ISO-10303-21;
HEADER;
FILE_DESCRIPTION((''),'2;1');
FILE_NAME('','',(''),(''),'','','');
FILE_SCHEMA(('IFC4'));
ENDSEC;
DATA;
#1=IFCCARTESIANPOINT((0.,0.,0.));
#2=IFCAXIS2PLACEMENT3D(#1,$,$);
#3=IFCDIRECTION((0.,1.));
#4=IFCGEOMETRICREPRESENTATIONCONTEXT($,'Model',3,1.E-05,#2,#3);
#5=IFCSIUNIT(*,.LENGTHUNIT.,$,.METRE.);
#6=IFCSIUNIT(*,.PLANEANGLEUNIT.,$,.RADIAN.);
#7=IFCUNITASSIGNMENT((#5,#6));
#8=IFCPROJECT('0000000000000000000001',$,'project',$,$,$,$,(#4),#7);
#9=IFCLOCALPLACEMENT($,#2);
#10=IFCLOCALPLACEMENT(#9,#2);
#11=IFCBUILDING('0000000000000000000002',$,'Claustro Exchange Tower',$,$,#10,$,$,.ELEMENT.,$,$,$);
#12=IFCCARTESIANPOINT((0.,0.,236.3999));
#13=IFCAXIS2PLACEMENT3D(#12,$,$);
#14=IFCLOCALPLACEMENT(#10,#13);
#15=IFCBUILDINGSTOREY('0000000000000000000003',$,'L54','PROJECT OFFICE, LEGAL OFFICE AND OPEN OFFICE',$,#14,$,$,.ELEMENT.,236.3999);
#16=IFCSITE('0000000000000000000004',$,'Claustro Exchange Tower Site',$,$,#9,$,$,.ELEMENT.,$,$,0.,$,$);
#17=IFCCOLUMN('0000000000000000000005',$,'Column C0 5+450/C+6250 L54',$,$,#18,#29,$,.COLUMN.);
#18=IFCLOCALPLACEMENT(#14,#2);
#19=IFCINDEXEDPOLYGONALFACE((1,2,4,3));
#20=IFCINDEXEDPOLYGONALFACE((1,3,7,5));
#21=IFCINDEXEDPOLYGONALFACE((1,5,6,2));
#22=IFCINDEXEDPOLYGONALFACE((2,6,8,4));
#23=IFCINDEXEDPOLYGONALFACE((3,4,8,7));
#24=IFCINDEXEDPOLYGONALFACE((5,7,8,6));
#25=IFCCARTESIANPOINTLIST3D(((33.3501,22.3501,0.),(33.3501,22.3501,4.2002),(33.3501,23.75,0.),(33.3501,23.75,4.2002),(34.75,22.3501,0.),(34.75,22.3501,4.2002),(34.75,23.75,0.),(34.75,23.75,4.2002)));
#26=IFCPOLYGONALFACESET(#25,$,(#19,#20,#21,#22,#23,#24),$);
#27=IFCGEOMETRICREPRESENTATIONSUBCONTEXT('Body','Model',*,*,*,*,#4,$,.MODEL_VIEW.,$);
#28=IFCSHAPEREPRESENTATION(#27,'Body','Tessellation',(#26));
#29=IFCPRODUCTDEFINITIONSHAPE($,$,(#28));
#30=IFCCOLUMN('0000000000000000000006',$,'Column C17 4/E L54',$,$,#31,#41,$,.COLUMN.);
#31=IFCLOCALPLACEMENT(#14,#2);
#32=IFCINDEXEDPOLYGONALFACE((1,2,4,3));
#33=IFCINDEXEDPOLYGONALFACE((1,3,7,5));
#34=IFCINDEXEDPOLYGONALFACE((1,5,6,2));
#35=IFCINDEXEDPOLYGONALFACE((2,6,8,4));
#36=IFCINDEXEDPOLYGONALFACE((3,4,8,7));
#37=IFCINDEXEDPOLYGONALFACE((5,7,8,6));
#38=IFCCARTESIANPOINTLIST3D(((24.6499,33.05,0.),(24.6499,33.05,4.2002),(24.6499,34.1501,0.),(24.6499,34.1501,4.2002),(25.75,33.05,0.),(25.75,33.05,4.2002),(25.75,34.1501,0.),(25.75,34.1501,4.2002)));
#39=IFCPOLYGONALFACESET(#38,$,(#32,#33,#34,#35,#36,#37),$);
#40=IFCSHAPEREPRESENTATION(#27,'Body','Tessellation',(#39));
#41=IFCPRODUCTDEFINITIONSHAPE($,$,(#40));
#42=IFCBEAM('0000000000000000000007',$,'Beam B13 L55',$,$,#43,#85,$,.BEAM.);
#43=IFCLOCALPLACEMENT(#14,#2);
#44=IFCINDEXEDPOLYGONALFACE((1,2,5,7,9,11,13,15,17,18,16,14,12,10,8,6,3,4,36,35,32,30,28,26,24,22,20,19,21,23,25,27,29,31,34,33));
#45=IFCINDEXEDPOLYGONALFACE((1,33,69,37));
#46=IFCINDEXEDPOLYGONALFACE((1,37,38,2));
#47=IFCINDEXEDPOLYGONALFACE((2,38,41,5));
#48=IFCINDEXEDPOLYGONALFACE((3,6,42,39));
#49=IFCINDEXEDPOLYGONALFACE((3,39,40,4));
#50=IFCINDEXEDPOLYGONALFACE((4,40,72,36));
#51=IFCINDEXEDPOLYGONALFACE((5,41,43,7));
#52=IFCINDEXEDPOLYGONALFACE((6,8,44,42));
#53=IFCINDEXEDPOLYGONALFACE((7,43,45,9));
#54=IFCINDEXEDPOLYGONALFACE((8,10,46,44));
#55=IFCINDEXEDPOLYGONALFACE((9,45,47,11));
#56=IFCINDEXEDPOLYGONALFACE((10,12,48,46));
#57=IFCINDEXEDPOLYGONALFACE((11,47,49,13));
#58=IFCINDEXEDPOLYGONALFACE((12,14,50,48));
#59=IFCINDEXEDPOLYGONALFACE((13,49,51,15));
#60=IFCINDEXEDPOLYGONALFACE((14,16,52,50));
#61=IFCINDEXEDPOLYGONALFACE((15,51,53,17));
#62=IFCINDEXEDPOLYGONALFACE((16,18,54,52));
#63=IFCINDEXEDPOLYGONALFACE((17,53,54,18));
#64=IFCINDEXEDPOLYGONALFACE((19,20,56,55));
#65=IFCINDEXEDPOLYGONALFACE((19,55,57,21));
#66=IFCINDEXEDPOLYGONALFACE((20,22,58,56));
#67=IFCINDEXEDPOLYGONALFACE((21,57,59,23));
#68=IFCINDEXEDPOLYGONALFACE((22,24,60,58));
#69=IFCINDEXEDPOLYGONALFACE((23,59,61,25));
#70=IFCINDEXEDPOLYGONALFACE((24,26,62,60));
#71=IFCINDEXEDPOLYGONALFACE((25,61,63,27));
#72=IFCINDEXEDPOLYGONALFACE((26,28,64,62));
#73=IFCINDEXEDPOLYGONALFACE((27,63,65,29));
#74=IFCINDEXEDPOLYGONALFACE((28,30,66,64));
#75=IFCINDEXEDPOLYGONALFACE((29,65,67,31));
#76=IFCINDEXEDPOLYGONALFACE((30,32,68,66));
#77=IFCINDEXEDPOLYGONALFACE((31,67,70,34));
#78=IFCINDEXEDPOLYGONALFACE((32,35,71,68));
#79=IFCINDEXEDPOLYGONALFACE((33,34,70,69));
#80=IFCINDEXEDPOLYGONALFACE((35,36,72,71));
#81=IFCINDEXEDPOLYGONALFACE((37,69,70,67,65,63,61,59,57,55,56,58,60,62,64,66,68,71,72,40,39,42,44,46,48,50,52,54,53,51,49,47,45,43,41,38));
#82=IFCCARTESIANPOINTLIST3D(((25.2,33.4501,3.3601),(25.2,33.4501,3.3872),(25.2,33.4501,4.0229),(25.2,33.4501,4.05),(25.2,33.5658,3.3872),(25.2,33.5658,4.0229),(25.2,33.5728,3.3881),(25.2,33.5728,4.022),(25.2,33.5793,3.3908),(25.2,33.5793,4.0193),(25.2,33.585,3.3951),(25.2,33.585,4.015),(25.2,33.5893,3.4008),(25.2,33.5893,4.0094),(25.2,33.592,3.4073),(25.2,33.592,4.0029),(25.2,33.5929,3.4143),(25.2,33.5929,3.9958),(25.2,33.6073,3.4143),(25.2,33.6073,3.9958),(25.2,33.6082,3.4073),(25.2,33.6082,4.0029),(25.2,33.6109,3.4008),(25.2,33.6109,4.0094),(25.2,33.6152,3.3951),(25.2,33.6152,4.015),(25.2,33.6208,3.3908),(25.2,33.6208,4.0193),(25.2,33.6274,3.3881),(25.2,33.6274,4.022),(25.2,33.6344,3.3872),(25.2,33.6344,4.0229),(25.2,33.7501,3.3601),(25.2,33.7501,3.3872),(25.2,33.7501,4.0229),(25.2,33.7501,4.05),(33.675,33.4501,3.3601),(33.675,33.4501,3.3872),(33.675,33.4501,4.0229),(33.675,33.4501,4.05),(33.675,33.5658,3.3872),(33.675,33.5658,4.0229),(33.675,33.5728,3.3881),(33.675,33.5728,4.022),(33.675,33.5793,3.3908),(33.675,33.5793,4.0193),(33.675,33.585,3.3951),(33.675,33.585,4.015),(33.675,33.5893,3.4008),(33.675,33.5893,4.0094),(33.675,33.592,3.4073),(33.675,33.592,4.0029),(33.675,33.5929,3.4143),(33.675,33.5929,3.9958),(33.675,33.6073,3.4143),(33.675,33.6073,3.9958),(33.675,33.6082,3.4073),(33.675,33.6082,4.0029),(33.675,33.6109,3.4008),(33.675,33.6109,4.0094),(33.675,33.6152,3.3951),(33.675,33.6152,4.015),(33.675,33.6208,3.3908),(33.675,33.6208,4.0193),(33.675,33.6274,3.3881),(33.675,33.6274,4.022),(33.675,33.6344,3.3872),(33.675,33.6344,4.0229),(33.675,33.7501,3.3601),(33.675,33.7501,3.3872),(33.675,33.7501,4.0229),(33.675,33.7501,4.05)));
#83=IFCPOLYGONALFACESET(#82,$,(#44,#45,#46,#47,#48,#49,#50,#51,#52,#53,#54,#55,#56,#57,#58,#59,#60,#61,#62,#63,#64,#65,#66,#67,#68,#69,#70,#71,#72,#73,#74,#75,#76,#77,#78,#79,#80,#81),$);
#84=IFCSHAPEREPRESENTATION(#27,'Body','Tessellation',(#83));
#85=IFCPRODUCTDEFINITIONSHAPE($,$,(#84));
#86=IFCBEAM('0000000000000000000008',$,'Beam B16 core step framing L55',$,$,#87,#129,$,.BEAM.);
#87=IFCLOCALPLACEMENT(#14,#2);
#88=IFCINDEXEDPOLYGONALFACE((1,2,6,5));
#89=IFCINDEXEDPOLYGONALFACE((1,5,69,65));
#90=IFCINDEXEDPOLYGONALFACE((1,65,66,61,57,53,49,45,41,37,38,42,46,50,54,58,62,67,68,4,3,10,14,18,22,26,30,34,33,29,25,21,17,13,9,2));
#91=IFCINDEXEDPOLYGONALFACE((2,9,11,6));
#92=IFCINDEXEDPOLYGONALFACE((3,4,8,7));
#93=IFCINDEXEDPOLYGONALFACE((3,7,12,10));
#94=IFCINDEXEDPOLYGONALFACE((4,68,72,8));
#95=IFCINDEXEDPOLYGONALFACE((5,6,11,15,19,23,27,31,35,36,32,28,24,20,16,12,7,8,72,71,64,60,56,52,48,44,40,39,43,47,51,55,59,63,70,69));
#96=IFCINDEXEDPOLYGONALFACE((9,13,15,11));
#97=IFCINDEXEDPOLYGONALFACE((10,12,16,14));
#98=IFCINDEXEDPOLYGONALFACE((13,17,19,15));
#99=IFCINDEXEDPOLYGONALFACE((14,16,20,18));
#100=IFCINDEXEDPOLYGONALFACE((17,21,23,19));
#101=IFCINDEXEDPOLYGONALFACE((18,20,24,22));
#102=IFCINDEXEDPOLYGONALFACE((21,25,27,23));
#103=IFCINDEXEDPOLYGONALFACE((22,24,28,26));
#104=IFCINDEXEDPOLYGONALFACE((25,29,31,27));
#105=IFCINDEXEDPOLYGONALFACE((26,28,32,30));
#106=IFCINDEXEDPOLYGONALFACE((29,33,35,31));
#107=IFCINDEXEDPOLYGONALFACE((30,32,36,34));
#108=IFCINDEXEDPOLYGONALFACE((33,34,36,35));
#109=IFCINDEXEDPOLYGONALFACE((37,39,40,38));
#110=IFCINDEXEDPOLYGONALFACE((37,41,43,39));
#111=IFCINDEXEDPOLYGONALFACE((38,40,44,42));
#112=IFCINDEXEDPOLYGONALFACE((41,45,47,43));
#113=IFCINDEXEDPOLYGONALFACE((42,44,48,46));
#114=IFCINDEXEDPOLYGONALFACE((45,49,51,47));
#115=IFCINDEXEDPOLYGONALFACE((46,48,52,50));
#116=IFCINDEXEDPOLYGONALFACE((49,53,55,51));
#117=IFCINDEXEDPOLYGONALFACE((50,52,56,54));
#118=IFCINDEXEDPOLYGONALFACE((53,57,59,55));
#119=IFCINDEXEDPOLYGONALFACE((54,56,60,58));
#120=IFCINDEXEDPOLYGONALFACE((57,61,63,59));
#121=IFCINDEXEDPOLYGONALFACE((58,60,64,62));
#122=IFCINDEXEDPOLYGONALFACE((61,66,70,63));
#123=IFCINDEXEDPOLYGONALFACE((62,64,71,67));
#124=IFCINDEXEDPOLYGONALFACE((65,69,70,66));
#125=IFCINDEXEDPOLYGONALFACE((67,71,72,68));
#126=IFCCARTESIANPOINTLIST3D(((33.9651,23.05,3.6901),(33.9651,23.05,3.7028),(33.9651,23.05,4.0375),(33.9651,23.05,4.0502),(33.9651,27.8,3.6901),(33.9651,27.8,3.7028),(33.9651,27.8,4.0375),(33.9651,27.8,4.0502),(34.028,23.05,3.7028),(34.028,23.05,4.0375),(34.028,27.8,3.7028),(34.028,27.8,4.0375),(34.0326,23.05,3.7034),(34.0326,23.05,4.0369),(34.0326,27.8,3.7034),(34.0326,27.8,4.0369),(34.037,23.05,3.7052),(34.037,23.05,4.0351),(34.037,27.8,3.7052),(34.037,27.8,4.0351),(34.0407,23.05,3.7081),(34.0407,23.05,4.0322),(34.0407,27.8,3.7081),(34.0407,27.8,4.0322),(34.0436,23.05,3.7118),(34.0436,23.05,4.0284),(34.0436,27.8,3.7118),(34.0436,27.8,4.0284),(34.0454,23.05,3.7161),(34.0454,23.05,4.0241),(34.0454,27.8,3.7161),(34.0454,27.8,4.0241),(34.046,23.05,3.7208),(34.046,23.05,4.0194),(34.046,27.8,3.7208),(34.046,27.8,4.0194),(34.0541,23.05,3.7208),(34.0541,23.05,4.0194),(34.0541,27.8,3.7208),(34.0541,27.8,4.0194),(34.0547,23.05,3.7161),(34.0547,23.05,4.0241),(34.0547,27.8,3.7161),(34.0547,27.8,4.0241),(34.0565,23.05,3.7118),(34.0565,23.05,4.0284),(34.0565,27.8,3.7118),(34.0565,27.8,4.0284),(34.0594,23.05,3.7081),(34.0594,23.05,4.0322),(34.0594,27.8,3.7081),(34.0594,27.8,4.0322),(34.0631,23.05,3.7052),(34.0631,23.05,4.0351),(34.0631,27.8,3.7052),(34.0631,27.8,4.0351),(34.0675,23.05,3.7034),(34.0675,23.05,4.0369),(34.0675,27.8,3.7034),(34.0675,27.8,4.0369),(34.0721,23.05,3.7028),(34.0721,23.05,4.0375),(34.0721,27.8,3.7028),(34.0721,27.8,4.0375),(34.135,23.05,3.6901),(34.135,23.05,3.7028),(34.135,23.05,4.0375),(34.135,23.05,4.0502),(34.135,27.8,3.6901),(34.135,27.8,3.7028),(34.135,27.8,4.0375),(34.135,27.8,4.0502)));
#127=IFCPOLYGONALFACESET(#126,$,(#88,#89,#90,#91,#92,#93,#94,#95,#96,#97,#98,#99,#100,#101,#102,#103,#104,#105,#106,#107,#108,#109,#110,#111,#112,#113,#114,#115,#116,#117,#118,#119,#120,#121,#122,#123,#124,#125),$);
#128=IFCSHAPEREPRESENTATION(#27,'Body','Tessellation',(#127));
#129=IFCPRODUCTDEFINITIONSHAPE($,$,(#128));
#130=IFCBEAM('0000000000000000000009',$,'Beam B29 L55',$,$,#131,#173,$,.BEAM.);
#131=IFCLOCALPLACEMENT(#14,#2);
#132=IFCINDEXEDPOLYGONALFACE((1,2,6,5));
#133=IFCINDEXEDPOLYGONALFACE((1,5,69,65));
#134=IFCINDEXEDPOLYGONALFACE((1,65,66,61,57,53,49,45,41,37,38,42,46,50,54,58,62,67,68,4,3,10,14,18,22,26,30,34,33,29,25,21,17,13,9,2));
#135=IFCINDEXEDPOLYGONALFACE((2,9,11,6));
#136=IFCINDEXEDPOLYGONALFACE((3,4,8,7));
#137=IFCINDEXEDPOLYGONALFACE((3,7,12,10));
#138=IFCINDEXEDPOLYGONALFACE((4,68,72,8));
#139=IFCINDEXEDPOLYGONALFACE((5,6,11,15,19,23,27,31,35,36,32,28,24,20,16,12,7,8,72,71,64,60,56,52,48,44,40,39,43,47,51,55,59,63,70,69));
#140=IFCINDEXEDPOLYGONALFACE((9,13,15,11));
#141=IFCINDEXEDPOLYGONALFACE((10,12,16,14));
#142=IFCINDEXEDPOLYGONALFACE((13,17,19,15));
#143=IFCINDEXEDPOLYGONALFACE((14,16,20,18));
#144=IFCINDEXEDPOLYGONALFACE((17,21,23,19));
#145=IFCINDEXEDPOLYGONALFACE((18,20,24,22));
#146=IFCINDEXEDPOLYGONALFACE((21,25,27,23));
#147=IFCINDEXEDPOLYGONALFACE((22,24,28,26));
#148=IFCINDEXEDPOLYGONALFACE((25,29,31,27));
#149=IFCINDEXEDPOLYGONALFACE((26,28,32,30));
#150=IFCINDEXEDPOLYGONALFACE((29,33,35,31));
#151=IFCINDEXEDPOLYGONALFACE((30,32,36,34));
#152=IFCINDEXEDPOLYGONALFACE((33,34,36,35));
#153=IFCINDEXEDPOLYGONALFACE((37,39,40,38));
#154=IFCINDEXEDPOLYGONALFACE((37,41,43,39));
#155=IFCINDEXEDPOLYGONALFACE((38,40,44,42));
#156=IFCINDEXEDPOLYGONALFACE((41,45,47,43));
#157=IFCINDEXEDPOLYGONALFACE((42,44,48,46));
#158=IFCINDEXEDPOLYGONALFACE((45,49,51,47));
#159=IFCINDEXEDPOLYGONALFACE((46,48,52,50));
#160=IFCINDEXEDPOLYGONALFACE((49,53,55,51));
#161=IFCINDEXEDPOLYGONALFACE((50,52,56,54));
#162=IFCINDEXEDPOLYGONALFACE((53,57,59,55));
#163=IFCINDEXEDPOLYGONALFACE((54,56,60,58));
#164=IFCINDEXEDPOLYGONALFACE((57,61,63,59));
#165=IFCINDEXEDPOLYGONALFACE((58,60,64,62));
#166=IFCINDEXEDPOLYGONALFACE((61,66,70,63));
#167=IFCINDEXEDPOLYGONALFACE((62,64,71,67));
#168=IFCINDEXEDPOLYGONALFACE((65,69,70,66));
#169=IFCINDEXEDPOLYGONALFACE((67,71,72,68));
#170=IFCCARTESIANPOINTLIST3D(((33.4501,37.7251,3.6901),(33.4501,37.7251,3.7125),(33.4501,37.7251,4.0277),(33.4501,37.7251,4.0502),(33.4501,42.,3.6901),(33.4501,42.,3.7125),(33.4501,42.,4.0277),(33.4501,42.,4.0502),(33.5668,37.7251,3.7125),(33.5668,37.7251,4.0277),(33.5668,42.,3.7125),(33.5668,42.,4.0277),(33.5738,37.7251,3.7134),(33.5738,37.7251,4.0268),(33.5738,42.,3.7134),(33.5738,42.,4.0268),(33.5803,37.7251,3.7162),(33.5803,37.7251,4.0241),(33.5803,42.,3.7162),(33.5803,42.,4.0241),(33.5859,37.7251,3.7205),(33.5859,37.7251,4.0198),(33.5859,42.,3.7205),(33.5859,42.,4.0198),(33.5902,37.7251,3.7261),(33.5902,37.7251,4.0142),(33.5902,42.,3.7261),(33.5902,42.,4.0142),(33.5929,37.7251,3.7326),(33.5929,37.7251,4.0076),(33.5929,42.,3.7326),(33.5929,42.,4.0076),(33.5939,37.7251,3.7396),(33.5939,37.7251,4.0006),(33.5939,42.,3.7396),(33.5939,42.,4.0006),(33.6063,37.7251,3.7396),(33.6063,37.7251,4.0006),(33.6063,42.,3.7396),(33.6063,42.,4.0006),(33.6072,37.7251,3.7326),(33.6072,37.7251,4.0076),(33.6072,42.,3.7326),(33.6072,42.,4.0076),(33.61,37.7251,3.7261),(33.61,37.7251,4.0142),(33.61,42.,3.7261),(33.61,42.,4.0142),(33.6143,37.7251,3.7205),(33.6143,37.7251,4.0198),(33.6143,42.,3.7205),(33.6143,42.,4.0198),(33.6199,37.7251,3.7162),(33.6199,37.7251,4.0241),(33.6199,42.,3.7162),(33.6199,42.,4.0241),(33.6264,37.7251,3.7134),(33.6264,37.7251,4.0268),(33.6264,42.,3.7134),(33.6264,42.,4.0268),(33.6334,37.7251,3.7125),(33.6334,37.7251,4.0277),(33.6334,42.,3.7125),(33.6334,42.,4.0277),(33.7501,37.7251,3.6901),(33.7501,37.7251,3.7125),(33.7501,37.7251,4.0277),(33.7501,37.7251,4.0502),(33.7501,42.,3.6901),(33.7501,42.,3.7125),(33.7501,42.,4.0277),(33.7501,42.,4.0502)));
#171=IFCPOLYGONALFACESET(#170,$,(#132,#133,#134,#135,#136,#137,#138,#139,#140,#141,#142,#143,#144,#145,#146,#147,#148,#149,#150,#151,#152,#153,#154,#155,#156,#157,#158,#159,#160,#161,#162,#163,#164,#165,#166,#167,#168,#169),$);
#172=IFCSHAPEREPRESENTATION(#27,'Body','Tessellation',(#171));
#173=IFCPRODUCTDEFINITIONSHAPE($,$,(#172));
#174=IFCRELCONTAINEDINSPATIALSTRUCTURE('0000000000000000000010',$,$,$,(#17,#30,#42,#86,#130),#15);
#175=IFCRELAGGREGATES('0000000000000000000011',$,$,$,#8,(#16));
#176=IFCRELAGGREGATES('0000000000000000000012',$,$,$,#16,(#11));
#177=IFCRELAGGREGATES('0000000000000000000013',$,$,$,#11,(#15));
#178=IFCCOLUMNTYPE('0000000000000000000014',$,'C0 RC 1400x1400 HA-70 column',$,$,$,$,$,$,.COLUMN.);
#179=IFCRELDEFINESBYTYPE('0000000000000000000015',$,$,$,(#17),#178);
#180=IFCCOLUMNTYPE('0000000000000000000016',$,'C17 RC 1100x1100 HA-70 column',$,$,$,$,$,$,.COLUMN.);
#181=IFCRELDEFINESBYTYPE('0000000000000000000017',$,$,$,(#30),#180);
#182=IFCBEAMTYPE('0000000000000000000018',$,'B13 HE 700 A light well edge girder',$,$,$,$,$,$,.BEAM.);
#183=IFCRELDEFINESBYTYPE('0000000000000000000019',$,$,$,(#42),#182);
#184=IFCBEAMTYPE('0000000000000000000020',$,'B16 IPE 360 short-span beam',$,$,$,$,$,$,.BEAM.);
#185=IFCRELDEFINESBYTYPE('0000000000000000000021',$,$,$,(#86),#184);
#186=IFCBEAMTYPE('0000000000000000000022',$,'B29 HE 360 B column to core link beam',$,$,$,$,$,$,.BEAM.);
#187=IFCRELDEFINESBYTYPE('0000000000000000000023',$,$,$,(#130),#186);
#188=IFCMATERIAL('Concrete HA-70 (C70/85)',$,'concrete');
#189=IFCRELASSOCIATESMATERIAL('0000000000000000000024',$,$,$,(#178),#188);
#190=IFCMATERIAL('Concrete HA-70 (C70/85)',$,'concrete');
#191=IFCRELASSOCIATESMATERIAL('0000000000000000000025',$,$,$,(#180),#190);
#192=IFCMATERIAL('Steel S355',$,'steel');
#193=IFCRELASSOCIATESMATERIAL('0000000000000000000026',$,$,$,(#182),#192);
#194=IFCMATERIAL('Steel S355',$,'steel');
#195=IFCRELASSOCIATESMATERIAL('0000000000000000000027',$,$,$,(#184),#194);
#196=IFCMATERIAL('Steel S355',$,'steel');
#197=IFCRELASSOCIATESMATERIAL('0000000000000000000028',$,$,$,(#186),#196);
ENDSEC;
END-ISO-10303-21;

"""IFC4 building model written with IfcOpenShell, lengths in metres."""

from ifc_helpers import new_model, si_unit, direction, frame, origin, origin_2d, place, context, subcontext, project, spatial, rectangle, i_section, extrude, material, material_profile, profile_set, type_object, element, save


model = new_model("IFC4")

# Units and contexts
model_context = context("Model", 3, precision=1e-05, world=origin(), true_north=direction((0.0, 1.0)))
body_context = subcontext(model_context, "Body", "Model", "MODEL_VIEW")
ifc_project = project(units=[si_unit("LENGTHUNIT", "METRE"), si_unit("PLANEANGLEUNIT", "RADIAN")], contexts=[model_context])

# Site, building, storey
site_placement = place(None, origin())
site = spatial("IfcSite", under=ifc_project, at=site_placement, Name="Claustro Exchange Tower Site", CompositionType="ELEMENT", RefElevation=0.0)
building_placement = place(site_placement, origin())
building = spatial("IfcBuilding", under=site, at=building_placement, Name="Claustro Exchange Tower", CompositionType="ELEMENT")
storey_placement = place(building_placement, frame((0.0, 0.0, 236.3999)))
storey = spatial("IfcBuildingStorey", under=building, at=storey_placement, Name="L54", Description="PROJECT OFFICE, LEGAL OFFICE AND OPEN OFFICE", CompositionType="ELEMENT", Elevation=236.3999)

# Columns
ifc_material_1 = material(Name="Concrete HA-70 (C70/85)", Category="concrete")
ifc_material_profile_1 = material_profile(ifc_material_1, rectangle(XDim=1.3999, YDim=1.3999, at=origin_2d()), Name="RC 1400x1400")
ifc_profile_set_1 = profile_set([ifc_material_profile_1], Name="Concrete HA-70 (C70/85)")
column_type_1 = type_object("IfcColumnType", Name="C0 RC 1400x1400 HA-70 column", PredefinedType="COLUMN", material=ifc_profile_set_1)
column_1_placement = place(storey_placement, frame((34.05, 23.05, 0.0), z_axis=(0.0, 0.0, 1.0), x_axis=(1.0, 0.0, 0.0)))
element("IfcColumn", 1, at=column_1_placement, inside=storey, type_object=column_type_1, Name="Column C0 5+450/C+6250 L54", PredefinedType="COLUMN", context=body_context, shape_type="SweptSolid", body=[
    extrude(rectangle(XDim=1.3999, YDim=1.3999, at=origin_2d()), origin(), (0.0, 0.0, 1.0), 4.2002),
])
ifc_material_2 = material(Name="Concrete HA-70 (C70/85)", Category="concrete")
ifc_material_profile_2 = material_profile(ifc_material_2, rectangle(XDim=1.1001, YDim=1.1001, at=origin_2d()), Name="RC 1100x1100")
ifc_profile_set_2 = profile_set([ifc_material_profile_2], Name="Concrete HA-70 (C70/85)")
column_type_2 = type_object("IfcColumnType", Name="C17 RC 1100x1100 HA-70 column", PredefinedType="COLUMN", material=ifc_profile_set_2)
column_2_placement = place(storey_placement, frame((25.2, 33.6001, 0.0), z_axis=(0.0, 0.0, 1.0), x_axis=(1.0, 0.0, 0.0)))
element("IfcColumn", 2, at=column_2_placement, inside=storey, type_object=column_type_2, Name="Column C17 4/E L54", PredefinedType="COLUMN", context=body_context, shape_type="SweptSolid", body=[
    extrude(rectangle(XDim=1.1001, YDim=1.1001, at=origin_2d()), origin(), (0.0, 0.0, 1.0), 4.2002),
])

# Beams
ifc_material_3 = material(Name="Steel S355", Category="steel")
ifc_material_profile_3 = material_profile(ifc_material_3, i_section(OverallWidth=0.3, OverallDepth=0.6899, WebThickness=0.0144, FlangeThickness=0.0271, FilletRadius=0.0271, at=origin_2d()), Name="HE 700 A")
ifc_profile_set_3 = profile_set([ifc_material_profile_3], Name="Steel S355")
beam_type_1 = type_object("IfcBeamType", Name="B13 HE 700 A light well edge girder", PredefinedType="BEAM", material=ifc_profile_set_3)
beam_1_placement = place(storey_placement, frame((25.2, 33.6001, 3.7051), z_axis=(1.0, 0.0, 0.0), x_axis=(0.0, 1.0, 0.0)))
element("IfcBeam", 3, at=beam_1_placement, inside=storey, type_object=beam_type_1, Name="Beam B13 L55", PredefinedType="BEAM", context=body_context, shape_type="SweptSolid", body=[
    extrude(i_section(OverallWidth=0.3, OverallDepth=0.6899, WebThickness=0.0144, FlangeThickness=0.0271, FilletRadius=0.0271, at=origin_2d()), origin(), (0.0, 0.0, 1.0), 8.4751),
])
ifc_material_4 = material(Name="Steel S355", Category="steel")
ifc_material_profile_4 = material_profile(ifc_material_4, i_section(OverallWidth=0.1699, OverallDepth=0.3601, WebThickness=0.0081, FlangeThickness=0.0127, FilletRadius=0.0181, at=origin_2d()), Name="IPE 360")
ifc_profile_set_4 = profile_set([ifc_material_profile_4], Name="Steel S355")
beam_type_2 = type_object("IfcBeamType", Name="B16 IPE 360 short-span beam", PredefinedType="BEAM", material=ifc_profile_set_4)
beam_2_placement = place(storey_placement, frame((34.05, 23.05, 3.8701), z_axis=(0.0, 1.0, 0.0), x_axis=(-1.0, 0.0, 0.0)))
element("IfcBeam", 4, at=beam_2_placement, inside=storey, type_object=beam_type_2, Name="Beam B16 core step framing L55", PredefinedType="BEAM", context=body_context, shape_type="SweptSolid", body=[
    extrude(i_section(OverallWidth=0.1699, OverallDepth=0.3601, WebThickness=0.0081, FlangeThickness=0.0127, FilletRadius=0.0181, at=origin_2d()), origin(), (0.0, 0.0, 1.0), 4.75),
])
ifc_material_5 = material(Name="Steel S355", Category="steel")
ifc_material_profile_5 = material_profile(ifc_material_5, i_section(OverallWidth=0.3, OverallDepth=0.3601, WebThickness=0.0125, FlangeThickness=0.0225, FilletRadius=0.0271, at=origin_2d()), Name="HE 360 B")
ifc_profile_set_5 = profile_set([ifc_material_profile_5], Name="Steel S355")
beam_type_3 = type_object("IfcBeamType", Name="B29 HE 360 B column to core link beam", PredefinedType="BEAM", material=ifc_profile_set_5)
beam_3_placement = place(storey_placement, frame((33.6001, 37.7251, 3.8701), z_axis=(0.0, 1.0, 0.0), x_axis=(-1.0, 0.0, 0.0)))
element("IfcBeam", 5, at=beam_3_placement, inside=storey, type_object=beam_type_3, Name="Beam B29 L55", PredefinedType="BEAM", context=body_context, shape_type="SweptSolid", body=[
    extrude(i_section(OverallWidth=0.3, OverallDepth=0.3601, WebThickness=0.0125, FlangeThickness=0.0225, FilletRadius=0.0271, at=origin_2d()), origin(), (0.0, 0.0, 1.0), 4.2749),
])

save(model, "model.ifc")
